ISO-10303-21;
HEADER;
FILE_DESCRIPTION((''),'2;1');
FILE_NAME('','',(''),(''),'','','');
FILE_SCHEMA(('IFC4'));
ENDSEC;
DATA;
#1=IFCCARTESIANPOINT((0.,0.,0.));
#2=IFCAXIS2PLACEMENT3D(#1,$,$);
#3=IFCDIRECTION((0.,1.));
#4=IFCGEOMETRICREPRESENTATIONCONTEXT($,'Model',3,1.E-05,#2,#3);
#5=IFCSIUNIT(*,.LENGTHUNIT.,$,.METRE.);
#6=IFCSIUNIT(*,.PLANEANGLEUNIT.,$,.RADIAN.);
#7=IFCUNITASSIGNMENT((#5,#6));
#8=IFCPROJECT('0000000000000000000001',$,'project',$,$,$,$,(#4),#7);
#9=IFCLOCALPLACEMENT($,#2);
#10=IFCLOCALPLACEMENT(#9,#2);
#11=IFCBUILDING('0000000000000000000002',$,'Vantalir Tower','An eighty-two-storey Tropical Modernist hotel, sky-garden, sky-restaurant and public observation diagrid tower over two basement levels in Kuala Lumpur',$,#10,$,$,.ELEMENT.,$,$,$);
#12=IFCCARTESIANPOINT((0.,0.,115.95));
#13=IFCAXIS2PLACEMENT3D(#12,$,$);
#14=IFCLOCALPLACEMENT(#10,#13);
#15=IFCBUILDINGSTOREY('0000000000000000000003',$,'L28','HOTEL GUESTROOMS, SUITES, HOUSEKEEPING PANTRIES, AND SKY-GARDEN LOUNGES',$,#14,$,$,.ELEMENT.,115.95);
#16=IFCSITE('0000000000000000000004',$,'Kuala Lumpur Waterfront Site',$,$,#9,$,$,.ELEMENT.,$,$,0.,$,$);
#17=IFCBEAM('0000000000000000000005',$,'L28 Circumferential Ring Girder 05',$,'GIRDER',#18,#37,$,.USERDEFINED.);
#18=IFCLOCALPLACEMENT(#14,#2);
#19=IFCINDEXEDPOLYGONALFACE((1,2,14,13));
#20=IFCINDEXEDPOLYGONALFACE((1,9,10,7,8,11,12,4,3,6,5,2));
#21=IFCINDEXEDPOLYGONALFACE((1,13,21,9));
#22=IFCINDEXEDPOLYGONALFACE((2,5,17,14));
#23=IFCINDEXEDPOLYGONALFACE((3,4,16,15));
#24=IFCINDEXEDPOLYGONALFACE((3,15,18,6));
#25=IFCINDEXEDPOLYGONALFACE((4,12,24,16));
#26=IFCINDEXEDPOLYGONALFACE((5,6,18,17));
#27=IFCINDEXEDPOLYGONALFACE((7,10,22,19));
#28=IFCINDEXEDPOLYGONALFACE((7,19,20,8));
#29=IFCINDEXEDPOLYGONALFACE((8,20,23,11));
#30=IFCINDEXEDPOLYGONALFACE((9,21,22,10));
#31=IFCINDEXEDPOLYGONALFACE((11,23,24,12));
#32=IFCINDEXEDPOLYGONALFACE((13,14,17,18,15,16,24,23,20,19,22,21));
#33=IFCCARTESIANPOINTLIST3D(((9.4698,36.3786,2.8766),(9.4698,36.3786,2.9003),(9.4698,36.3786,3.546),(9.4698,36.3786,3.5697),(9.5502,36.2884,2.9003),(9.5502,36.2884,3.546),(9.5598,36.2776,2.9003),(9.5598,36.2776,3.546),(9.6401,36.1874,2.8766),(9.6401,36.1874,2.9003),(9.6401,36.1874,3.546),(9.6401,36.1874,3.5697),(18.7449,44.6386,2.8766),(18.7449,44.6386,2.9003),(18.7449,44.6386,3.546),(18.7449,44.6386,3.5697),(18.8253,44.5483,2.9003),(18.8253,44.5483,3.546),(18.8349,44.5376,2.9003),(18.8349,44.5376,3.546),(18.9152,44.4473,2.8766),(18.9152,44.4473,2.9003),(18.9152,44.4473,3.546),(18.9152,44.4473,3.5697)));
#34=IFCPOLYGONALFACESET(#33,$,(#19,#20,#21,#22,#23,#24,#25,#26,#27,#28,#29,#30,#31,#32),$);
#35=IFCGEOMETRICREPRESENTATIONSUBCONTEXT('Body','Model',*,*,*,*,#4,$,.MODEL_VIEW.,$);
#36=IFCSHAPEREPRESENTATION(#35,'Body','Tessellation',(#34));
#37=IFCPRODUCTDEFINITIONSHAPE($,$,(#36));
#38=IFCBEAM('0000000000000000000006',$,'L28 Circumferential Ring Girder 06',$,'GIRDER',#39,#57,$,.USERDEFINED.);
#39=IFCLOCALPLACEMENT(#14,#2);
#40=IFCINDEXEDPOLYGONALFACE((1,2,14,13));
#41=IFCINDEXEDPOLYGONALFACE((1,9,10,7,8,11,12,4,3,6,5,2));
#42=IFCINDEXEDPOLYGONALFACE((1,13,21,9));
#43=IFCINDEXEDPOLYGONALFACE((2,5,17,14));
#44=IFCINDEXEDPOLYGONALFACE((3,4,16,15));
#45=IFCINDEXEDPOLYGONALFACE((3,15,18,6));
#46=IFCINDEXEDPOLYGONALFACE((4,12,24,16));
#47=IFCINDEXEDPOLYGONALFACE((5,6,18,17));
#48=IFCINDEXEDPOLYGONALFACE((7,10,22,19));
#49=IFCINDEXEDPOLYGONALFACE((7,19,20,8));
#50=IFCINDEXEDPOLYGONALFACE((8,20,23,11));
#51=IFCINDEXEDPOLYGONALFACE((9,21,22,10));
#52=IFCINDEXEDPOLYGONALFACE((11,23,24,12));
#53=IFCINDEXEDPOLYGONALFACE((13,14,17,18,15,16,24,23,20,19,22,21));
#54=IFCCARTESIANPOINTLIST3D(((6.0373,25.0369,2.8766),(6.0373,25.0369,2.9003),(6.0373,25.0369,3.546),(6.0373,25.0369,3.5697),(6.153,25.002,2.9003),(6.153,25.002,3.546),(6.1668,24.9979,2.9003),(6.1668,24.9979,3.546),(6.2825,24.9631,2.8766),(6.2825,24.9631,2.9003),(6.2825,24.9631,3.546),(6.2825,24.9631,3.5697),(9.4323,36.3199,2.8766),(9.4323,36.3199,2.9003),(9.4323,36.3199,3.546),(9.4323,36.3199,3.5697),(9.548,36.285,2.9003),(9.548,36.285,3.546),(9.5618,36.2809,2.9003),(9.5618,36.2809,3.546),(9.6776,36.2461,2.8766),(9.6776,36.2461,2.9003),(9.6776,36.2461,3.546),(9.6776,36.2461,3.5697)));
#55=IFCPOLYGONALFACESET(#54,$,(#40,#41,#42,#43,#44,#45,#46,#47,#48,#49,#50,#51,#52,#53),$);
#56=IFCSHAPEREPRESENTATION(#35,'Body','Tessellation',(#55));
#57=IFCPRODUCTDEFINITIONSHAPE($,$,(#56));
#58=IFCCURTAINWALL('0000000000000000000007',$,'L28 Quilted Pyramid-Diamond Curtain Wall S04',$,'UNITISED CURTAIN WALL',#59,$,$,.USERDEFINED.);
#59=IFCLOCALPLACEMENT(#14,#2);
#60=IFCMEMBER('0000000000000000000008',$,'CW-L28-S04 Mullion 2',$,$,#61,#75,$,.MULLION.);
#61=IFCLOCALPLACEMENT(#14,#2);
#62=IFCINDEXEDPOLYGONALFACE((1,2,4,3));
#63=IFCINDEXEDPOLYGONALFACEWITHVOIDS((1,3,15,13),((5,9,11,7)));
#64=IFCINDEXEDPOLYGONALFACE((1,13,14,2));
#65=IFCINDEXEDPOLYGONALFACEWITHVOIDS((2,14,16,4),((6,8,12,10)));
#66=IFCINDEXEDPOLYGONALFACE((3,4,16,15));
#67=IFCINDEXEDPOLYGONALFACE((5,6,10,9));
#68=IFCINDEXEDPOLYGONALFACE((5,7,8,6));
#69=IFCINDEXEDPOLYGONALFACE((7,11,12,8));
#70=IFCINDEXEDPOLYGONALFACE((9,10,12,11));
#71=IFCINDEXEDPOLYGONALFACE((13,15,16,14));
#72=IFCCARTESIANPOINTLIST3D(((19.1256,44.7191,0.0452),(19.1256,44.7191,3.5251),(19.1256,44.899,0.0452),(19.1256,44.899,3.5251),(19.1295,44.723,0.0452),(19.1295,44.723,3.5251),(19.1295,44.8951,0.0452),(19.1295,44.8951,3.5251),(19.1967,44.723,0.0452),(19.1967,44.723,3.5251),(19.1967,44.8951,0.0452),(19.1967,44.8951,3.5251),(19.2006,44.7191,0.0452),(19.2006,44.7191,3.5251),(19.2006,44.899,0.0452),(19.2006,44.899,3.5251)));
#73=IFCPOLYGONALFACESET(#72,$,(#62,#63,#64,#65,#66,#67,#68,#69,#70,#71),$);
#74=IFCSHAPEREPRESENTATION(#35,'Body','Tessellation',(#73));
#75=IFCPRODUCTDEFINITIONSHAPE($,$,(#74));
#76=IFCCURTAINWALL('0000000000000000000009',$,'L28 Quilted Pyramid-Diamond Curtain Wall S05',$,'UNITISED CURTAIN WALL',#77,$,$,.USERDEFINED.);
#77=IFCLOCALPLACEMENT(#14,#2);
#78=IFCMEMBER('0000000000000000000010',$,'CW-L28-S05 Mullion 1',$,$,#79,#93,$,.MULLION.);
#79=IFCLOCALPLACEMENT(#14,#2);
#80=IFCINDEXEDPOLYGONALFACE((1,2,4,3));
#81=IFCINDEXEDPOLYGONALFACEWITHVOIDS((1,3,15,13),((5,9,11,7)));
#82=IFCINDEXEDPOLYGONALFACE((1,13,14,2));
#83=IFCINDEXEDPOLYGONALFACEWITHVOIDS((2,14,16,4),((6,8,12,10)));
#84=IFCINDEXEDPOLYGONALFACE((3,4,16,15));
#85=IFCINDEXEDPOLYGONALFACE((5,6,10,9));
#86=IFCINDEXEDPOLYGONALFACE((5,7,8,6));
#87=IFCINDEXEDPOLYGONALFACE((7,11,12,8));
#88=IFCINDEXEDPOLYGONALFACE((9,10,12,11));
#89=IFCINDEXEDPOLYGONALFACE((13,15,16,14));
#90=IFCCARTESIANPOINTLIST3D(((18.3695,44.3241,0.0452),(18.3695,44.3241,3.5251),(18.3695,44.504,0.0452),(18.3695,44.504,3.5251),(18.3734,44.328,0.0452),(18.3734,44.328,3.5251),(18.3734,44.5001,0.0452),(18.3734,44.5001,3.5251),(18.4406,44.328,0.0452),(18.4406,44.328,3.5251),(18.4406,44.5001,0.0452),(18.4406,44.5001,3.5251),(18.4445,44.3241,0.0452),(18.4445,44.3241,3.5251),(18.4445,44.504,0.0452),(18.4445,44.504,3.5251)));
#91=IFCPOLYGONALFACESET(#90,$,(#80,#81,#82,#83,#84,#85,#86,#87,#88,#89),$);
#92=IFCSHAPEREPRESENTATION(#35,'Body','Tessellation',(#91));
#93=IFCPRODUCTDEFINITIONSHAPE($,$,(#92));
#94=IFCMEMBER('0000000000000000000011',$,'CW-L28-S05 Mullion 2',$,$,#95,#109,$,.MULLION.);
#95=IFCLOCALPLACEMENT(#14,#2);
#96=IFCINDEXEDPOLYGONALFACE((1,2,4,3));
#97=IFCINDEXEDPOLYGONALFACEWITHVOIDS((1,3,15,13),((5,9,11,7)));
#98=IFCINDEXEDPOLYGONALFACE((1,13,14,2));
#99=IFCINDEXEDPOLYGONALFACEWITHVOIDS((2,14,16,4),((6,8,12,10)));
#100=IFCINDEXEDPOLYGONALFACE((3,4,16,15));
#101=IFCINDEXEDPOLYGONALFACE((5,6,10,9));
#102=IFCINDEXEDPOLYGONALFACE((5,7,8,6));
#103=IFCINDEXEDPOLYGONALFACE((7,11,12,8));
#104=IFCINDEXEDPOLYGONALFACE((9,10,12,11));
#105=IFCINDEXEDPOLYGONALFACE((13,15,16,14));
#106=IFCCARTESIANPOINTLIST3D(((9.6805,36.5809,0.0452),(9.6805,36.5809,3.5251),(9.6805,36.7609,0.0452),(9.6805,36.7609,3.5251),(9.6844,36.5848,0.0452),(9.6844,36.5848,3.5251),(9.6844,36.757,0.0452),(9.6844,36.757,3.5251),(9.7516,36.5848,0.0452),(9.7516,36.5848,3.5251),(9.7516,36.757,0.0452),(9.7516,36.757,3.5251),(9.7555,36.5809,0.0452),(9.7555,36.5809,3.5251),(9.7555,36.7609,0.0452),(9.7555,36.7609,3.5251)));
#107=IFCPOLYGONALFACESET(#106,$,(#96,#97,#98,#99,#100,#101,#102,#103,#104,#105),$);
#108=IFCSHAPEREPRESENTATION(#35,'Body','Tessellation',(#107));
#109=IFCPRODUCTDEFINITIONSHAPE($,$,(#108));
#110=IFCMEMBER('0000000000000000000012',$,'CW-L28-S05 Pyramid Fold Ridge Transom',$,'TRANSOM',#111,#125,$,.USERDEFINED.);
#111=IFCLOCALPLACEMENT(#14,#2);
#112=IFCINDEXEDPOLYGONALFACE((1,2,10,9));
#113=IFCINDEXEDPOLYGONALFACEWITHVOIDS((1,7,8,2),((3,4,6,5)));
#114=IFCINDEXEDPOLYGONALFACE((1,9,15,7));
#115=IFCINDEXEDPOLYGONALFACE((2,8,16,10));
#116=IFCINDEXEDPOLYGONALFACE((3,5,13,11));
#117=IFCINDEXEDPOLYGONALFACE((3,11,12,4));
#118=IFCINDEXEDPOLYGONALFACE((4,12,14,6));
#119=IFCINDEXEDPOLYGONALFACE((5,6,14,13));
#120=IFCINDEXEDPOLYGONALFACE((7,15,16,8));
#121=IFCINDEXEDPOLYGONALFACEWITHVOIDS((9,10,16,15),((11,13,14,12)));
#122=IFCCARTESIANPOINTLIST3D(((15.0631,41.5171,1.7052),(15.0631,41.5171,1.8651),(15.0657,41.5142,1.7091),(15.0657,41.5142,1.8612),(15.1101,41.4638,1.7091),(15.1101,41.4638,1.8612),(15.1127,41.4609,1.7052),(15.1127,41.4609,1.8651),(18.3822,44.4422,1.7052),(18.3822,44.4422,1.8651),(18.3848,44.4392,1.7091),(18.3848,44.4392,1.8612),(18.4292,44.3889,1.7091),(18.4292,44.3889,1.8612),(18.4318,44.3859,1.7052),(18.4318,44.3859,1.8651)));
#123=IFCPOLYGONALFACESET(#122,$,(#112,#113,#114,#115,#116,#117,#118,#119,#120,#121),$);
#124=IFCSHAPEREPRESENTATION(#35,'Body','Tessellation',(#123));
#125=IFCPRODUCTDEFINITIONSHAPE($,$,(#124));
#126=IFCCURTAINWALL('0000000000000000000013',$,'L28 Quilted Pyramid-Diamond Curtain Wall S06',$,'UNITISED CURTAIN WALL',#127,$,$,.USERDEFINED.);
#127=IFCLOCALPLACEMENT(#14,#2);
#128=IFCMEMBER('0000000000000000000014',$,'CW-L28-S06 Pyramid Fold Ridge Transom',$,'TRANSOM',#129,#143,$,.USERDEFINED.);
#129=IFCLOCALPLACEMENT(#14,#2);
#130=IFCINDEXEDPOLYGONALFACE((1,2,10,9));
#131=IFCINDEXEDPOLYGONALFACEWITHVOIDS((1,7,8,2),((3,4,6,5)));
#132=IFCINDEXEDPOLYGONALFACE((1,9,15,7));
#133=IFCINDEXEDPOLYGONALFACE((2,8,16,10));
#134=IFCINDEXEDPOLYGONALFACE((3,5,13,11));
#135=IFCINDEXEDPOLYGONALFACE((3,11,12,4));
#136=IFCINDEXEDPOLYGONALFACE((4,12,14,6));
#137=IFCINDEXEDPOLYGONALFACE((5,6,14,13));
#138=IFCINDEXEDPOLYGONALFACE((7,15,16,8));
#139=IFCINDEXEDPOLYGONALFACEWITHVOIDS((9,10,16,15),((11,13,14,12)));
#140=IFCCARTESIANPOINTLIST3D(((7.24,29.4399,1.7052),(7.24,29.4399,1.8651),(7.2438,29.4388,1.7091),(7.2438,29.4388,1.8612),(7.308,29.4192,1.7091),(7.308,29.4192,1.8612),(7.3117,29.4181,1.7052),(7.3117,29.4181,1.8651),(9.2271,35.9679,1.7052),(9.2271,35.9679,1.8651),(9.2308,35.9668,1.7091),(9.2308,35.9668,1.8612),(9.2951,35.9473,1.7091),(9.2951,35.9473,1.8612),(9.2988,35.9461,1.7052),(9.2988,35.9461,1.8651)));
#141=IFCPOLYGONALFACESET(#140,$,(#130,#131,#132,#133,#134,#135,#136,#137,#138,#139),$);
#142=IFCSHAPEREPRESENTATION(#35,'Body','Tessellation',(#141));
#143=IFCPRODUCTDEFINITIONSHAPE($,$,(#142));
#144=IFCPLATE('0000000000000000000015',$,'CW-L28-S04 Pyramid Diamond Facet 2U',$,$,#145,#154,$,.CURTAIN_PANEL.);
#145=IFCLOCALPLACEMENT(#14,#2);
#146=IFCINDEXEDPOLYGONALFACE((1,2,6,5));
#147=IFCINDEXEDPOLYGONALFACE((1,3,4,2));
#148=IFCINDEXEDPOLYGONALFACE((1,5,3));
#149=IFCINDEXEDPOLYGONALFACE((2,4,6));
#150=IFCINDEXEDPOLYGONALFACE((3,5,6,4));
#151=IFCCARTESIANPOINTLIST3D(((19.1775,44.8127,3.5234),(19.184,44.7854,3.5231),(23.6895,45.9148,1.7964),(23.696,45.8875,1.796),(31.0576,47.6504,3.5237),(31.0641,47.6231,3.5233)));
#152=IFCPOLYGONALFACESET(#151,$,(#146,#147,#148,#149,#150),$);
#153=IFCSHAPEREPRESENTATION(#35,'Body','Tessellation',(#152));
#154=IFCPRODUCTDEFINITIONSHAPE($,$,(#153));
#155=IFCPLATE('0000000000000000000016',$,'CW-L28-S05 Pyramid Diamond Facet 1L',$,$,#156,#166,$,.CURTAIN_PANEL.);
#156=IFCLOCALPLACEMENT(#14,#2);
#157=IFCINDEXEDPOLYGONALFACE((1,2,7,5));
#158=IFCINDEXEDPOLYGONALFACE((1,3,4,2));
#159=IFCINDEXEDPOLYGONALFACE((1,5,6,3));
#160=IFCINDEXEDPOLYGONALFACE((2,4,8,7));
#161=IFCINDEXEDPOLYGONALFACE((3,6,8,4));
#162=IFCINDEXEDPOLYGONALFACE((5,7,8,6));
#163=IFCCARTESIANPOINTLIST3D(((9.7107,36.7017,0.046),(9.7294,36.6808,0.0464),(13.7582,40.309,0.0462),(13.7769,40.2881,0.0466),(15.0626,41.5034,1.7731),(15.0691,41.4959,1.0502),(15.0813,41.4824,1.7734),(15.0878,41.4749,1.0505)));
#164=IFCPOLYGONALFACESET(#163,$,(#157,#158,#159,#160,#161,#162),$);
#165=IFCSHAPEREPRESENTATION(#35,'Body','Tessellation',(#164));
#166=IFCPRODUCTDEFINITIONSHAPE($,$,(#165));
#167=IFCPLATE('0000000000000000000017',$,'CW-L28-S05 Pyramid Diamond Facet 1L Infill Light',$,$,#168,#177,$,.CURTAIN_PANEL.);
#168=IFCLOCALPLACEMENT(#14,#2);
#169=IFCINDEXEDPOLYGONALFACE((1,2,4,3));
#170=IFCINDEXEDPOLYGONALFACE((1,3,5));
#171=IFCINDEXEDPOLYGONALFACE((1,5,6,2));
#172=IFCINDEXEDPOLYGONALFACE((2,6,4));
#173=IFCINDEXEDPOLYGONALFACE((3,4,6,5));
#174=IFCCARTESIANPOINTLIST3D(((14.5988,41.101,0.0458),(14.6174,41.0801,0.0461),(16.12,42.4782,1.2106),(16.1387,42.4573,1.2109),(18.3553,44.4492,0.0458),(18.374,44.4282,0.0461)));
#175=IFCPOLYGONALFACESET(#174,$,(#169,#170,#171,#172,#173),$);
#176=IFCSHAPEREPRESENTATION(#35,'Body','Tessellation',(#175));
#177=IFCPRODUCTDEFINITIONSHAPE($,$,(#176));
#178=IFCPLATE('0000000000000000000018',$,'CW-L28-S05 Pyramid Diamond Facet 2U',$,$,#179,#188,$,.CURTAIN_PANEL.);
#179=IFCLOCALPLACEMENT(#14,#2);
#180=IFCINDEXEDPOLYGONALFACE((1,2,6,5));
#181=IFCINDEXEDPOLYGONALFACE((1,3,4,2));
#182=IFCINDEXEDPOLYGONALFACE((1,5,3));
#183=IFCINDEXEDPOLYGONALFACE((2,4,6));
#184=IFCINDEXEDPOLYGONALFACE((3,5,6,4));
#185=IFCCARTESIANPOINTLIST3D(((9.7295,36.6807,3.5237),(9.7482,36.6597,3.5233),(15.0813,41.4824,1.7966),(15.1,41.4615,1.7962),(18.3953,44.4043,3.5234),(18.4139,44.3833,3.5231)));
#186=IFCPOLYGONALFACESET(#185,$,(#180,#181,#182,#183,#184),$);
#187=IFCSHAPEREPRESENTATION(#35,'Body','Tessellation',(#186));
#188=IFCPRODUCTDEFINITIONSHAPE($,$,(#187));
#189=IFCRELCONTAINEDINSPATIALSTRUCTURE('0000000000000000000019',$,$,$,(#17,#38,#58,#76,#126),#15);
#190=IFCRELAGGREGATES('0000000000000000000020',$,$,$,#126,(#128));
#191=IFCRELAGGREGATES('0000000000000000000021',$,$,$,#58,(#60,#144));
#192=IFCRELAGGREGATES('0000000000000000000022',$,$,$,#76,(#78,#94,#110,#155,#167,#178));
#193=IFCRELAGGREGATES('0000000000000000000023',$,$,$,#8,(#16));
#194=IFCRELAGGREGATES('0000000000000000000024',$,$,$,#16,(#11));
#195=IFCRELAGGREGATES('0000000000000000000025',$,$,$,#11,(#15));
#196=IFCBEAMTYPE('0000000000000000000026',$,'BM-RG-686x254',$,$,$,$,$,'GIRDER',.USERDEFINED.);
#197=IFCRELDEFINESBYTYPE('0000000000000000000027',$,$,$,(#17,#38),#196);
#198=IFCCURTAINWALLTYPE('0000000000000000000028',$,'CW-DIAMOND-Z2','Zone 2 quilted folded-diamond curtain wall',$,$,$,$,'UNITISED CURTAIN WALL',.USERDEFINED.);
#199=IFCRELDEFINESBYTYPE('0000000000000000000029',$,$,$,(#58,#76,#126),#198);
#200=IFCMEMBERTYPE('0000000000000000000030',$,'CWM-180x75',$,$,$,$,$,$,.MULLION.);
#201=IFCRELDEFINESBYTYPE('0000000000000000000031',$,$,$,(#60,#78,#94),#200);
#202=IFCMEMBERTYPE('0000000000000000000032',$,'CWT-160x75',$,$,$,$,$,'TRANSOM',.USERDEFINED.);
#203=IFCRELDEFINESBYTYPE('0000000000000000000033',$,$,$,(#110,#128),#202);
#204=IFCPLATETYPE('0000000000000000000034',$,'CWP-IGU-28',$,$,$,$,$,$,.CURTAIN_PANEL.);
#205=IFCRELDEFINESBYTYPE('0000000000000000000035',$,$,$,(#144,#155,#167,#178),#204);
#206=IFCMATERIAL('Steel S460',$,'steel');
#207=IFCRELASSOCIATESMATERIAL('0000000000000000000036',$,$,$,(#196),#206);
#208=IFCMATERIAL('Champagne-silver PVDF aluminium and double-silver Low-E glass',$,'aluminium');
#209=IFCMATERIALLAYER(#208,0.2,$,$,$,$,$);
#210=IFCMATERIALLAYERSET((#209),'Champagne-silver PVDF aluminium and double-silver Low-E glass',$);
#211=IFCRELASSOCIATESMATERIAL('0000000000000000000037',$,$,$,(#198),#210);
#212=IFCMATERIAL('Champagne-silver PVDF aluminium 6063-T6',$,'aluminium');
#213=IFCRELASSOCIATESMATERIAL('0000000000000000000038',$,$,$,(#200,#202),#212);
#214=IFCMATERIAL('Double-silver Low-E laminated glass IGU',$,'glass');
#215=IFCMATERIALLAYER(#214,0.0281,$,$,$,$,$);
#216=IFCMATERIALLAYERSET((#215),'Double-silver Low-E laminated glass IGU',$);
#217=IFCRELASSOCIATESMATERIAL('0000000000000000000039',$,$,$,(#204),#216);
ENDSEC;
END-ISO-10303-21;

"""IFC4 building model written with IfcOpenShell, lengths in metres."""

from ifc_helpers import new_model, si_unit, direction, frame, origin, origin_2d, place, context, subcontext, project, spatial, polyline, hollow_rectangle, i_section, outline, extrude, material, layer, layer_set, material_profile, profile_set, type_object, element, aggregate, save


model = new_model("IFC4")

# Units and contexts
model_context = context("Model", 3, precision=1e-05, world=origin(), true_north=direction((0.0, 1.0)))
body_context = subcontext(model_context, "Body", "Model", "MODEL_VIEW")
ifc_project = project(units=[si_unit("LENGTHUNIT", "METRE"), si_unit("PLANEANGLEUNIT", "RADIAN")], contexts=[model_context])

# Site, building, storey
site_placement = place(None, origin())
site = spatial("IfcSite", under=ifc_project, at=site_placement, Name="Kuala Lumpur Waterfront Site", CompositionType="ELEMENT", RefElevation=0.0)
building_placement = place(site_placement, origin())
building = spatial("IfcBuilding", under=site, at=building_placement, Name="Vantalir Tower", Description="An eighty-two-storey Tropical Modernist hotel, sky-garden, sky-restaurant and public observation diagrid tower over two basement levels in Kuala Lumpur", CompositionType="ELEMENT")
storey_placement = place(building_placement, frame((0.0, 0.0, 115.95)))
storey = spatial("IfcBuildingStorey", under=building, at=storey_placement, Name="L28", Description="HOTEL GUESTROOMS, SUITES, HOUSEKEEPING PANTRIES, AND SKY-GARDEN LOUNGES", CompositionType="ELEMENT", Elevation=115.95)

# Shared definitions
ifc_material_1 = material(Name="Steel S460", Category="steel")

# Beams
ifc_material_profile_1 = material_profile(ifc_material_1, i_section(OverallWidth=0.2561, OverallDepth=0.6931, WebThickness=0.0144, FlangeThickness=0.0237, at=origin_2d()), Name="Steel S460")
ifc_profile_set_1 = profile_set([ifc_material_profile_1], Name="Steel S460")
beam_type_1 = type_object("IfcBeamType", Name="BM-RG-686x254", ElementType="GIRDER", PredefinedType="USERDEFINED", material=ifc_profile_set_1)
beam_1_placement = place(storey_placement, frame((18.8301, 44.543, 3.2231), z_axis=(-0.746792, -0.665058, 0.0), x_axis=(0.665058, -0.746792, 0.0)))
element("IfcBeam", 1, at=beam_1_placement, inside=storey, type_object=beam_type_1, Name="L28 Circumferential Ring Girder 05", ObjectType="GIRDER", PredefinedType="USERDEFINED", context=body_context, shape_type="SweptSolid", body=[
    extrude(i_section(OverallWidth=0.2561, OverallDepth=0.6931, WebThickness=0.0144, FlangeThickness=0.0237, at=origin_2d()), origin(), (0.0, 0.0, 1.0), 12.4199),
])
beam_2_placement = place(storey_placement, frame((9.5549, 36.283, 3.2231), z_axis=(-0.288137, -0.957589, 0.0), x_axis=(0.957589, -0.288137, 0.0)))
element("IfcBeam", 2, at=beam_2_placement, inside=storey, type_object=beam_type_1, Name="L28 Circumferential Ring Girder 06", ObjectType="GIRDER", PredefinedType="USERDEFINED", context=body_context, shape_type="SweptSolid", body=[
    extrude(i_section(OverallWidth=0.2561, OverallDepth=0.6931, WebThickness=0.0144, FlangeThickness=0.0237, at=origin_2d()), origin(), (0.0, 0.0, 1.0), 11.7827),
])

# Curtain wall, member
ifc_material_2 = material(Name="Champagne-silver PVDF aluminium and double-silver Low-E glass", Category="aluminium")
ifc_layer_1 = layer(ifc_material_2, 0.2)
ifc_layer_set_1 = layer_set([ifc_layer_1], Name="Champagne-silver PVDF aluminium and double-silver Low-E glass")
curtain_wall_type = type_object("IfcCurtainWallType", Name="CW-DIAMOND-Z2", Description="Zone 2 quilted folded-diamond curtain wall", ElementType="UNITISED CURTAIN WALL", PredefinedType="USERDEFINED", material=ifc_layer_set_1)
curtain_wall_1_placement = place(storey_placement, origin())
curtain_wall_1 = element("IfcCurtainWall", 3, at=curtain_wall_1_placement, inside=storey, type_object=curtain_wall_type, Name="L28 Quilted Pyramid-Diamond Curtain Wall S04", ObjectType="UNITISED CURTAIN WALL", PredefinedType="USERDEFINED")
ifc_material_3 = material(Name="Champagne-silver PVDF aluminium 6063-T6", Category="aluminium")
ifc_material_profile_2 = material_profile(ifc_material_3, hollow_rectangle(XDim=0.075, YDim=0.1799, WallThickness=0.0039, at=origin_2d()), Name="Champagne-silver PVDF aluminium 6063-T6")
ifc_profile_set_2 = profile_set([ifc_material_profile_2], Name="Champagne-silver PVDF aluminium 6063-T6")
member_type_1 = type_object("IfcMemberType", Name="CWM-180x75", PredefinedType="MULLION", material=ifc_profile_set_2)
member_1_placement = place(storey_placement, frame((19.1631, 44.8091, 0.0452), z_axis=(0.0, 0.0, 1.0), x_axis=(1.0, 0.0, 0.0)))
member_1 = element("IfcMember", 4, at=member_1_placement, type_object=member_type_1, Name="CW-L28-S04 Mullion 2", PredefinedType="MULLION", context=body_context, shape_type="SweptSolid", body=[
    extrude(hollow_rectangle(XDim=0.075, YDim=0.1799, WallThickness=0.0039, at=origin_2d()), origin(), (0.0, 0.0, 1.0), 3.48),
])

# Curtain wall, members
curtain_wall_2_placement = place(storey_placement, origin())
curtain_wall_2 = element("IfcCurtainWall", 5, at=curtain_wall_2_placement, inside=storey, type_object=curtain_wall_type, Name="L28 Quilted Pyramid-Diamond Curtain Wall S05", ObjectType="UNITISED CURTAIN WALL", PredefinedType="USERDEFINED")
member_2_placement = place(storey_placement, frame((18.407, 44.4141, 0.0452), z_axis=(0.0, 0.0, 1.0), x_axis=(1.0, 0.0, 0.0)))
member_2 = element("IfcMember", 6, at=member_2_placement, type_object=member_type_1, Name="CW-L28-S05 Mullion 1", PredefinedType="MULLION", context=body_context, shape_type="SweptSolid", body=[
    extrude(hollow_rectangle(XDim=0.075, YDim=0.1799, WallThickness=0.0039, at=origin_2d()), origin(), (0.0, 0.0, 1.0), 3.48),
])
member_3_placement = place(storey_placement, frame((9.718, 36.6709, 0.0452), z_axis=(0.0, 0.0, 1.0), x_axis=(1.0, 0.0, 0.0)))
member_3 = element("IfcMember", 7, at=member_3_placement, type_object=member_type_1, Name="CW-L28-S05 Mullion 2", PredefinedType="MULLION", context=body_context, shape_type="SweptSolid", body=[
    extrude(hollow_rectangle(XDim=0.075, YDim=0.1799, WallThickness=0.0039, at=origin_2d()), origin(), (0.0, 0.0, 1.0), 3.48),
])
ifc_material_profile_3 = material_profile(ifc_material_3, hollow_rectangle(XDim=0.075, YDim=0.1599, WallThickness=0.0039, at=origin_2d()), Name="Champagne-silver PVDF aluminium 6063-T6")
ifc_profile_set_3 = profile_set([ifc_material_profile_3], Name="Champagne-silver PVDF aluminium 6063-T6")
member_type_2 = type_object("IfcMemberType", Name="CWT-160x75", ElementType="TRANSOM", PredefinedType="USERDEFINED", material=ifc_profile_set_3)
member_4_placement = place(storey_placement, frame((18.407, 44.4141, 1.7852), z_axis=(-0.750237, -0.661169, 0.0), x_axis=(0.661169, -0.750237, 0.0)))
member_4 = element("IfcMember", 8, at=member_4_placement, type_object=member_type_2, Name="CW-L28-S05 Pyramid Fold Ridge Transom", ObjectType="TRANSOM", PredefinedType="USERDEFINED", context=body_context, shape_type="SweptSolid", body=[
    extrude(hollow_rectangle(XDim=0.075, YDim=0.1599, WallThickness=0.0039, at=origin_2d()), origin(), (0.0, 0.0, 1.0), 4.4241),
])

# Curtain wall, member
curtain_wall_3_placement = place(storey_placement, origin())
curtain_wall_3 = element("IfcCurtainWall", 9, at=curtain_wall_3_placement, inside=storey, type_object=curtain_wall_type, Name="L28 Quilted Pyramid-Diamond Curtain Wall S06", ObjectType="UNITISED CURTAIN WALL", PredefinedType="USERDEFINED")
member_5_placement = place(storey_placement, frame((9.2629, 35.957, 1.7852), z_axis=(-0.291196, -0.956663, 0.0), x_axis=(0.956663, -0.291196, 0.0)))
member_5 = element("IfcMember", 10, at=member_5_placement, type_object=member_type_2, Name="CW-L28-S06 Pyramid Fold Ridge Transom", ObjectType="TRANSOM", PredefinedType="USERDEFINED", context=body_context, shape_type="SweptSolid", body=[
    extrude(hollow_rectangle(XDim=0.075, YDim=0.1599, WallThickness=0.0039, at=origin_2d()), origin(), (0.0, 0.0, 1.0), 6.8237),
])
aggregate(curtain_wall_3, [member_5])

# Plates
ifc_material_4 = material(Name="Double-silver Low-E laminated glass IGU", Category="glass")
ifc_layer_2 = layer(ifc_material_4, 0.0281)
ifc_layer_set_2 = layer_set([ifc_layer_2], Name="Double-silver Low-E laminated glass IGU")
plate_type_1 = type_object("IfcPlateType", Name="CWP-IGU-28", PredefinedType="CURTAIN_PANEL", material=ifc_layer_set_2)
plate_1_placement = place(storey_placement, frame((19.1775, 44.8127, 3.5234), z_axis=(-0.2323, 0.972548, 0.013705), x_axis=(0.972639, 0.232321, 0.00002)))
plate_1 = element("IfcPlate", 11, at=plate_1_placement, type_object=plate_type_1, Name="CW-L28-S04 Pyramid Diamond Facet 2U", PredefinedType="CURTAIN_PANEL", context=body_context, shape_type="SweptSolid", body=[
    extrude(outline(polyline([(0.0, 0.0), (12.2143, 0.0), (4.6445, 1.7273), (0.0, 0.0)])), origin(), (0.0, 0.0, -1.0), 0.0281),
])
aggregate(curtain_wall_1, [member_1, plate_1])
plate_2_placement = place(storey_placement, frame((13.7769, 40.2881, 0.0466), z_axis=(0.66529, -0.746459, 0.013719), x_axis=(-0.746529, -0.665353, -0.000045)))
plate_2 = element("IfcPlate", 12, at=plate_2_placement, type_object=plate_type_1, Name="CW-L28-S05 Pyramid Diamond Facet 1L", PredefinedType="CURTAIN_PANEL", context=body_context, shape_type="SweptSolid", body=[
    extrude(outline(polyline([(0.0, 0.0), (5.4217, 0.0), (-1.7685, -1.7269), (-1.7684, -1.0039), (0.0, 0.0)])), origin(), (0.0, 0.0, -1.0), 0.0281),
])
plate_3_placement = place(storey_placement, frame((18.374, 44.4282, 0.0461), z_axis=(0.665295, -0.746455, 0.013688), x_axis=(-0.746525, -0.665357, 0.0)))
plate_3 = element("IfcPlate", 13, at=plate_3_placement, type_object=plate_type_1, Name="CW-L28-S05 Pyramid Diamond Facet 1L Infill Light", PredefinedType="CURTAIN_PANEL", context=body_context, shape_type="SweptSolid", body=[
    extrude(outline(polyline([(0.0, 0.0), (5.0321, 0.0), (2.9801, -1.1649), (0.0, 0.0)])), origin(), (0.0, 0.0, -1.0), 0.0281),
])
plate_4_placement = place(storey_placement, frame((9.7295, 36.6807, 3.5237), z_axis=(-0.665298, 0.746452, 0.013744), x_axis=(0.746522, 0.665361, -0.000021)))
plate_4 = element("IfcPlate", 14, at=plate_4_placement, type_object=plate_type_1, Name="CW-L28-S05 Pyramid Diamond Facet 2U", PredefinedType="CURTAIN_PANEL", context=body_context, shape_type="SweptSolid", body=[
    extrude(outline(polyline([(0.0, 0.0), (11.6082, 0.0), (7.1902, 1.7271), (0.0, 0.0)])), origin(), (0.0, 0.0, -1.0), 0.0281),
])
aggregate(curtain_wall_2, [member_2, member_3, member_4, plate_2, plate_3, plate_4])

save(model, "model.ifc")
